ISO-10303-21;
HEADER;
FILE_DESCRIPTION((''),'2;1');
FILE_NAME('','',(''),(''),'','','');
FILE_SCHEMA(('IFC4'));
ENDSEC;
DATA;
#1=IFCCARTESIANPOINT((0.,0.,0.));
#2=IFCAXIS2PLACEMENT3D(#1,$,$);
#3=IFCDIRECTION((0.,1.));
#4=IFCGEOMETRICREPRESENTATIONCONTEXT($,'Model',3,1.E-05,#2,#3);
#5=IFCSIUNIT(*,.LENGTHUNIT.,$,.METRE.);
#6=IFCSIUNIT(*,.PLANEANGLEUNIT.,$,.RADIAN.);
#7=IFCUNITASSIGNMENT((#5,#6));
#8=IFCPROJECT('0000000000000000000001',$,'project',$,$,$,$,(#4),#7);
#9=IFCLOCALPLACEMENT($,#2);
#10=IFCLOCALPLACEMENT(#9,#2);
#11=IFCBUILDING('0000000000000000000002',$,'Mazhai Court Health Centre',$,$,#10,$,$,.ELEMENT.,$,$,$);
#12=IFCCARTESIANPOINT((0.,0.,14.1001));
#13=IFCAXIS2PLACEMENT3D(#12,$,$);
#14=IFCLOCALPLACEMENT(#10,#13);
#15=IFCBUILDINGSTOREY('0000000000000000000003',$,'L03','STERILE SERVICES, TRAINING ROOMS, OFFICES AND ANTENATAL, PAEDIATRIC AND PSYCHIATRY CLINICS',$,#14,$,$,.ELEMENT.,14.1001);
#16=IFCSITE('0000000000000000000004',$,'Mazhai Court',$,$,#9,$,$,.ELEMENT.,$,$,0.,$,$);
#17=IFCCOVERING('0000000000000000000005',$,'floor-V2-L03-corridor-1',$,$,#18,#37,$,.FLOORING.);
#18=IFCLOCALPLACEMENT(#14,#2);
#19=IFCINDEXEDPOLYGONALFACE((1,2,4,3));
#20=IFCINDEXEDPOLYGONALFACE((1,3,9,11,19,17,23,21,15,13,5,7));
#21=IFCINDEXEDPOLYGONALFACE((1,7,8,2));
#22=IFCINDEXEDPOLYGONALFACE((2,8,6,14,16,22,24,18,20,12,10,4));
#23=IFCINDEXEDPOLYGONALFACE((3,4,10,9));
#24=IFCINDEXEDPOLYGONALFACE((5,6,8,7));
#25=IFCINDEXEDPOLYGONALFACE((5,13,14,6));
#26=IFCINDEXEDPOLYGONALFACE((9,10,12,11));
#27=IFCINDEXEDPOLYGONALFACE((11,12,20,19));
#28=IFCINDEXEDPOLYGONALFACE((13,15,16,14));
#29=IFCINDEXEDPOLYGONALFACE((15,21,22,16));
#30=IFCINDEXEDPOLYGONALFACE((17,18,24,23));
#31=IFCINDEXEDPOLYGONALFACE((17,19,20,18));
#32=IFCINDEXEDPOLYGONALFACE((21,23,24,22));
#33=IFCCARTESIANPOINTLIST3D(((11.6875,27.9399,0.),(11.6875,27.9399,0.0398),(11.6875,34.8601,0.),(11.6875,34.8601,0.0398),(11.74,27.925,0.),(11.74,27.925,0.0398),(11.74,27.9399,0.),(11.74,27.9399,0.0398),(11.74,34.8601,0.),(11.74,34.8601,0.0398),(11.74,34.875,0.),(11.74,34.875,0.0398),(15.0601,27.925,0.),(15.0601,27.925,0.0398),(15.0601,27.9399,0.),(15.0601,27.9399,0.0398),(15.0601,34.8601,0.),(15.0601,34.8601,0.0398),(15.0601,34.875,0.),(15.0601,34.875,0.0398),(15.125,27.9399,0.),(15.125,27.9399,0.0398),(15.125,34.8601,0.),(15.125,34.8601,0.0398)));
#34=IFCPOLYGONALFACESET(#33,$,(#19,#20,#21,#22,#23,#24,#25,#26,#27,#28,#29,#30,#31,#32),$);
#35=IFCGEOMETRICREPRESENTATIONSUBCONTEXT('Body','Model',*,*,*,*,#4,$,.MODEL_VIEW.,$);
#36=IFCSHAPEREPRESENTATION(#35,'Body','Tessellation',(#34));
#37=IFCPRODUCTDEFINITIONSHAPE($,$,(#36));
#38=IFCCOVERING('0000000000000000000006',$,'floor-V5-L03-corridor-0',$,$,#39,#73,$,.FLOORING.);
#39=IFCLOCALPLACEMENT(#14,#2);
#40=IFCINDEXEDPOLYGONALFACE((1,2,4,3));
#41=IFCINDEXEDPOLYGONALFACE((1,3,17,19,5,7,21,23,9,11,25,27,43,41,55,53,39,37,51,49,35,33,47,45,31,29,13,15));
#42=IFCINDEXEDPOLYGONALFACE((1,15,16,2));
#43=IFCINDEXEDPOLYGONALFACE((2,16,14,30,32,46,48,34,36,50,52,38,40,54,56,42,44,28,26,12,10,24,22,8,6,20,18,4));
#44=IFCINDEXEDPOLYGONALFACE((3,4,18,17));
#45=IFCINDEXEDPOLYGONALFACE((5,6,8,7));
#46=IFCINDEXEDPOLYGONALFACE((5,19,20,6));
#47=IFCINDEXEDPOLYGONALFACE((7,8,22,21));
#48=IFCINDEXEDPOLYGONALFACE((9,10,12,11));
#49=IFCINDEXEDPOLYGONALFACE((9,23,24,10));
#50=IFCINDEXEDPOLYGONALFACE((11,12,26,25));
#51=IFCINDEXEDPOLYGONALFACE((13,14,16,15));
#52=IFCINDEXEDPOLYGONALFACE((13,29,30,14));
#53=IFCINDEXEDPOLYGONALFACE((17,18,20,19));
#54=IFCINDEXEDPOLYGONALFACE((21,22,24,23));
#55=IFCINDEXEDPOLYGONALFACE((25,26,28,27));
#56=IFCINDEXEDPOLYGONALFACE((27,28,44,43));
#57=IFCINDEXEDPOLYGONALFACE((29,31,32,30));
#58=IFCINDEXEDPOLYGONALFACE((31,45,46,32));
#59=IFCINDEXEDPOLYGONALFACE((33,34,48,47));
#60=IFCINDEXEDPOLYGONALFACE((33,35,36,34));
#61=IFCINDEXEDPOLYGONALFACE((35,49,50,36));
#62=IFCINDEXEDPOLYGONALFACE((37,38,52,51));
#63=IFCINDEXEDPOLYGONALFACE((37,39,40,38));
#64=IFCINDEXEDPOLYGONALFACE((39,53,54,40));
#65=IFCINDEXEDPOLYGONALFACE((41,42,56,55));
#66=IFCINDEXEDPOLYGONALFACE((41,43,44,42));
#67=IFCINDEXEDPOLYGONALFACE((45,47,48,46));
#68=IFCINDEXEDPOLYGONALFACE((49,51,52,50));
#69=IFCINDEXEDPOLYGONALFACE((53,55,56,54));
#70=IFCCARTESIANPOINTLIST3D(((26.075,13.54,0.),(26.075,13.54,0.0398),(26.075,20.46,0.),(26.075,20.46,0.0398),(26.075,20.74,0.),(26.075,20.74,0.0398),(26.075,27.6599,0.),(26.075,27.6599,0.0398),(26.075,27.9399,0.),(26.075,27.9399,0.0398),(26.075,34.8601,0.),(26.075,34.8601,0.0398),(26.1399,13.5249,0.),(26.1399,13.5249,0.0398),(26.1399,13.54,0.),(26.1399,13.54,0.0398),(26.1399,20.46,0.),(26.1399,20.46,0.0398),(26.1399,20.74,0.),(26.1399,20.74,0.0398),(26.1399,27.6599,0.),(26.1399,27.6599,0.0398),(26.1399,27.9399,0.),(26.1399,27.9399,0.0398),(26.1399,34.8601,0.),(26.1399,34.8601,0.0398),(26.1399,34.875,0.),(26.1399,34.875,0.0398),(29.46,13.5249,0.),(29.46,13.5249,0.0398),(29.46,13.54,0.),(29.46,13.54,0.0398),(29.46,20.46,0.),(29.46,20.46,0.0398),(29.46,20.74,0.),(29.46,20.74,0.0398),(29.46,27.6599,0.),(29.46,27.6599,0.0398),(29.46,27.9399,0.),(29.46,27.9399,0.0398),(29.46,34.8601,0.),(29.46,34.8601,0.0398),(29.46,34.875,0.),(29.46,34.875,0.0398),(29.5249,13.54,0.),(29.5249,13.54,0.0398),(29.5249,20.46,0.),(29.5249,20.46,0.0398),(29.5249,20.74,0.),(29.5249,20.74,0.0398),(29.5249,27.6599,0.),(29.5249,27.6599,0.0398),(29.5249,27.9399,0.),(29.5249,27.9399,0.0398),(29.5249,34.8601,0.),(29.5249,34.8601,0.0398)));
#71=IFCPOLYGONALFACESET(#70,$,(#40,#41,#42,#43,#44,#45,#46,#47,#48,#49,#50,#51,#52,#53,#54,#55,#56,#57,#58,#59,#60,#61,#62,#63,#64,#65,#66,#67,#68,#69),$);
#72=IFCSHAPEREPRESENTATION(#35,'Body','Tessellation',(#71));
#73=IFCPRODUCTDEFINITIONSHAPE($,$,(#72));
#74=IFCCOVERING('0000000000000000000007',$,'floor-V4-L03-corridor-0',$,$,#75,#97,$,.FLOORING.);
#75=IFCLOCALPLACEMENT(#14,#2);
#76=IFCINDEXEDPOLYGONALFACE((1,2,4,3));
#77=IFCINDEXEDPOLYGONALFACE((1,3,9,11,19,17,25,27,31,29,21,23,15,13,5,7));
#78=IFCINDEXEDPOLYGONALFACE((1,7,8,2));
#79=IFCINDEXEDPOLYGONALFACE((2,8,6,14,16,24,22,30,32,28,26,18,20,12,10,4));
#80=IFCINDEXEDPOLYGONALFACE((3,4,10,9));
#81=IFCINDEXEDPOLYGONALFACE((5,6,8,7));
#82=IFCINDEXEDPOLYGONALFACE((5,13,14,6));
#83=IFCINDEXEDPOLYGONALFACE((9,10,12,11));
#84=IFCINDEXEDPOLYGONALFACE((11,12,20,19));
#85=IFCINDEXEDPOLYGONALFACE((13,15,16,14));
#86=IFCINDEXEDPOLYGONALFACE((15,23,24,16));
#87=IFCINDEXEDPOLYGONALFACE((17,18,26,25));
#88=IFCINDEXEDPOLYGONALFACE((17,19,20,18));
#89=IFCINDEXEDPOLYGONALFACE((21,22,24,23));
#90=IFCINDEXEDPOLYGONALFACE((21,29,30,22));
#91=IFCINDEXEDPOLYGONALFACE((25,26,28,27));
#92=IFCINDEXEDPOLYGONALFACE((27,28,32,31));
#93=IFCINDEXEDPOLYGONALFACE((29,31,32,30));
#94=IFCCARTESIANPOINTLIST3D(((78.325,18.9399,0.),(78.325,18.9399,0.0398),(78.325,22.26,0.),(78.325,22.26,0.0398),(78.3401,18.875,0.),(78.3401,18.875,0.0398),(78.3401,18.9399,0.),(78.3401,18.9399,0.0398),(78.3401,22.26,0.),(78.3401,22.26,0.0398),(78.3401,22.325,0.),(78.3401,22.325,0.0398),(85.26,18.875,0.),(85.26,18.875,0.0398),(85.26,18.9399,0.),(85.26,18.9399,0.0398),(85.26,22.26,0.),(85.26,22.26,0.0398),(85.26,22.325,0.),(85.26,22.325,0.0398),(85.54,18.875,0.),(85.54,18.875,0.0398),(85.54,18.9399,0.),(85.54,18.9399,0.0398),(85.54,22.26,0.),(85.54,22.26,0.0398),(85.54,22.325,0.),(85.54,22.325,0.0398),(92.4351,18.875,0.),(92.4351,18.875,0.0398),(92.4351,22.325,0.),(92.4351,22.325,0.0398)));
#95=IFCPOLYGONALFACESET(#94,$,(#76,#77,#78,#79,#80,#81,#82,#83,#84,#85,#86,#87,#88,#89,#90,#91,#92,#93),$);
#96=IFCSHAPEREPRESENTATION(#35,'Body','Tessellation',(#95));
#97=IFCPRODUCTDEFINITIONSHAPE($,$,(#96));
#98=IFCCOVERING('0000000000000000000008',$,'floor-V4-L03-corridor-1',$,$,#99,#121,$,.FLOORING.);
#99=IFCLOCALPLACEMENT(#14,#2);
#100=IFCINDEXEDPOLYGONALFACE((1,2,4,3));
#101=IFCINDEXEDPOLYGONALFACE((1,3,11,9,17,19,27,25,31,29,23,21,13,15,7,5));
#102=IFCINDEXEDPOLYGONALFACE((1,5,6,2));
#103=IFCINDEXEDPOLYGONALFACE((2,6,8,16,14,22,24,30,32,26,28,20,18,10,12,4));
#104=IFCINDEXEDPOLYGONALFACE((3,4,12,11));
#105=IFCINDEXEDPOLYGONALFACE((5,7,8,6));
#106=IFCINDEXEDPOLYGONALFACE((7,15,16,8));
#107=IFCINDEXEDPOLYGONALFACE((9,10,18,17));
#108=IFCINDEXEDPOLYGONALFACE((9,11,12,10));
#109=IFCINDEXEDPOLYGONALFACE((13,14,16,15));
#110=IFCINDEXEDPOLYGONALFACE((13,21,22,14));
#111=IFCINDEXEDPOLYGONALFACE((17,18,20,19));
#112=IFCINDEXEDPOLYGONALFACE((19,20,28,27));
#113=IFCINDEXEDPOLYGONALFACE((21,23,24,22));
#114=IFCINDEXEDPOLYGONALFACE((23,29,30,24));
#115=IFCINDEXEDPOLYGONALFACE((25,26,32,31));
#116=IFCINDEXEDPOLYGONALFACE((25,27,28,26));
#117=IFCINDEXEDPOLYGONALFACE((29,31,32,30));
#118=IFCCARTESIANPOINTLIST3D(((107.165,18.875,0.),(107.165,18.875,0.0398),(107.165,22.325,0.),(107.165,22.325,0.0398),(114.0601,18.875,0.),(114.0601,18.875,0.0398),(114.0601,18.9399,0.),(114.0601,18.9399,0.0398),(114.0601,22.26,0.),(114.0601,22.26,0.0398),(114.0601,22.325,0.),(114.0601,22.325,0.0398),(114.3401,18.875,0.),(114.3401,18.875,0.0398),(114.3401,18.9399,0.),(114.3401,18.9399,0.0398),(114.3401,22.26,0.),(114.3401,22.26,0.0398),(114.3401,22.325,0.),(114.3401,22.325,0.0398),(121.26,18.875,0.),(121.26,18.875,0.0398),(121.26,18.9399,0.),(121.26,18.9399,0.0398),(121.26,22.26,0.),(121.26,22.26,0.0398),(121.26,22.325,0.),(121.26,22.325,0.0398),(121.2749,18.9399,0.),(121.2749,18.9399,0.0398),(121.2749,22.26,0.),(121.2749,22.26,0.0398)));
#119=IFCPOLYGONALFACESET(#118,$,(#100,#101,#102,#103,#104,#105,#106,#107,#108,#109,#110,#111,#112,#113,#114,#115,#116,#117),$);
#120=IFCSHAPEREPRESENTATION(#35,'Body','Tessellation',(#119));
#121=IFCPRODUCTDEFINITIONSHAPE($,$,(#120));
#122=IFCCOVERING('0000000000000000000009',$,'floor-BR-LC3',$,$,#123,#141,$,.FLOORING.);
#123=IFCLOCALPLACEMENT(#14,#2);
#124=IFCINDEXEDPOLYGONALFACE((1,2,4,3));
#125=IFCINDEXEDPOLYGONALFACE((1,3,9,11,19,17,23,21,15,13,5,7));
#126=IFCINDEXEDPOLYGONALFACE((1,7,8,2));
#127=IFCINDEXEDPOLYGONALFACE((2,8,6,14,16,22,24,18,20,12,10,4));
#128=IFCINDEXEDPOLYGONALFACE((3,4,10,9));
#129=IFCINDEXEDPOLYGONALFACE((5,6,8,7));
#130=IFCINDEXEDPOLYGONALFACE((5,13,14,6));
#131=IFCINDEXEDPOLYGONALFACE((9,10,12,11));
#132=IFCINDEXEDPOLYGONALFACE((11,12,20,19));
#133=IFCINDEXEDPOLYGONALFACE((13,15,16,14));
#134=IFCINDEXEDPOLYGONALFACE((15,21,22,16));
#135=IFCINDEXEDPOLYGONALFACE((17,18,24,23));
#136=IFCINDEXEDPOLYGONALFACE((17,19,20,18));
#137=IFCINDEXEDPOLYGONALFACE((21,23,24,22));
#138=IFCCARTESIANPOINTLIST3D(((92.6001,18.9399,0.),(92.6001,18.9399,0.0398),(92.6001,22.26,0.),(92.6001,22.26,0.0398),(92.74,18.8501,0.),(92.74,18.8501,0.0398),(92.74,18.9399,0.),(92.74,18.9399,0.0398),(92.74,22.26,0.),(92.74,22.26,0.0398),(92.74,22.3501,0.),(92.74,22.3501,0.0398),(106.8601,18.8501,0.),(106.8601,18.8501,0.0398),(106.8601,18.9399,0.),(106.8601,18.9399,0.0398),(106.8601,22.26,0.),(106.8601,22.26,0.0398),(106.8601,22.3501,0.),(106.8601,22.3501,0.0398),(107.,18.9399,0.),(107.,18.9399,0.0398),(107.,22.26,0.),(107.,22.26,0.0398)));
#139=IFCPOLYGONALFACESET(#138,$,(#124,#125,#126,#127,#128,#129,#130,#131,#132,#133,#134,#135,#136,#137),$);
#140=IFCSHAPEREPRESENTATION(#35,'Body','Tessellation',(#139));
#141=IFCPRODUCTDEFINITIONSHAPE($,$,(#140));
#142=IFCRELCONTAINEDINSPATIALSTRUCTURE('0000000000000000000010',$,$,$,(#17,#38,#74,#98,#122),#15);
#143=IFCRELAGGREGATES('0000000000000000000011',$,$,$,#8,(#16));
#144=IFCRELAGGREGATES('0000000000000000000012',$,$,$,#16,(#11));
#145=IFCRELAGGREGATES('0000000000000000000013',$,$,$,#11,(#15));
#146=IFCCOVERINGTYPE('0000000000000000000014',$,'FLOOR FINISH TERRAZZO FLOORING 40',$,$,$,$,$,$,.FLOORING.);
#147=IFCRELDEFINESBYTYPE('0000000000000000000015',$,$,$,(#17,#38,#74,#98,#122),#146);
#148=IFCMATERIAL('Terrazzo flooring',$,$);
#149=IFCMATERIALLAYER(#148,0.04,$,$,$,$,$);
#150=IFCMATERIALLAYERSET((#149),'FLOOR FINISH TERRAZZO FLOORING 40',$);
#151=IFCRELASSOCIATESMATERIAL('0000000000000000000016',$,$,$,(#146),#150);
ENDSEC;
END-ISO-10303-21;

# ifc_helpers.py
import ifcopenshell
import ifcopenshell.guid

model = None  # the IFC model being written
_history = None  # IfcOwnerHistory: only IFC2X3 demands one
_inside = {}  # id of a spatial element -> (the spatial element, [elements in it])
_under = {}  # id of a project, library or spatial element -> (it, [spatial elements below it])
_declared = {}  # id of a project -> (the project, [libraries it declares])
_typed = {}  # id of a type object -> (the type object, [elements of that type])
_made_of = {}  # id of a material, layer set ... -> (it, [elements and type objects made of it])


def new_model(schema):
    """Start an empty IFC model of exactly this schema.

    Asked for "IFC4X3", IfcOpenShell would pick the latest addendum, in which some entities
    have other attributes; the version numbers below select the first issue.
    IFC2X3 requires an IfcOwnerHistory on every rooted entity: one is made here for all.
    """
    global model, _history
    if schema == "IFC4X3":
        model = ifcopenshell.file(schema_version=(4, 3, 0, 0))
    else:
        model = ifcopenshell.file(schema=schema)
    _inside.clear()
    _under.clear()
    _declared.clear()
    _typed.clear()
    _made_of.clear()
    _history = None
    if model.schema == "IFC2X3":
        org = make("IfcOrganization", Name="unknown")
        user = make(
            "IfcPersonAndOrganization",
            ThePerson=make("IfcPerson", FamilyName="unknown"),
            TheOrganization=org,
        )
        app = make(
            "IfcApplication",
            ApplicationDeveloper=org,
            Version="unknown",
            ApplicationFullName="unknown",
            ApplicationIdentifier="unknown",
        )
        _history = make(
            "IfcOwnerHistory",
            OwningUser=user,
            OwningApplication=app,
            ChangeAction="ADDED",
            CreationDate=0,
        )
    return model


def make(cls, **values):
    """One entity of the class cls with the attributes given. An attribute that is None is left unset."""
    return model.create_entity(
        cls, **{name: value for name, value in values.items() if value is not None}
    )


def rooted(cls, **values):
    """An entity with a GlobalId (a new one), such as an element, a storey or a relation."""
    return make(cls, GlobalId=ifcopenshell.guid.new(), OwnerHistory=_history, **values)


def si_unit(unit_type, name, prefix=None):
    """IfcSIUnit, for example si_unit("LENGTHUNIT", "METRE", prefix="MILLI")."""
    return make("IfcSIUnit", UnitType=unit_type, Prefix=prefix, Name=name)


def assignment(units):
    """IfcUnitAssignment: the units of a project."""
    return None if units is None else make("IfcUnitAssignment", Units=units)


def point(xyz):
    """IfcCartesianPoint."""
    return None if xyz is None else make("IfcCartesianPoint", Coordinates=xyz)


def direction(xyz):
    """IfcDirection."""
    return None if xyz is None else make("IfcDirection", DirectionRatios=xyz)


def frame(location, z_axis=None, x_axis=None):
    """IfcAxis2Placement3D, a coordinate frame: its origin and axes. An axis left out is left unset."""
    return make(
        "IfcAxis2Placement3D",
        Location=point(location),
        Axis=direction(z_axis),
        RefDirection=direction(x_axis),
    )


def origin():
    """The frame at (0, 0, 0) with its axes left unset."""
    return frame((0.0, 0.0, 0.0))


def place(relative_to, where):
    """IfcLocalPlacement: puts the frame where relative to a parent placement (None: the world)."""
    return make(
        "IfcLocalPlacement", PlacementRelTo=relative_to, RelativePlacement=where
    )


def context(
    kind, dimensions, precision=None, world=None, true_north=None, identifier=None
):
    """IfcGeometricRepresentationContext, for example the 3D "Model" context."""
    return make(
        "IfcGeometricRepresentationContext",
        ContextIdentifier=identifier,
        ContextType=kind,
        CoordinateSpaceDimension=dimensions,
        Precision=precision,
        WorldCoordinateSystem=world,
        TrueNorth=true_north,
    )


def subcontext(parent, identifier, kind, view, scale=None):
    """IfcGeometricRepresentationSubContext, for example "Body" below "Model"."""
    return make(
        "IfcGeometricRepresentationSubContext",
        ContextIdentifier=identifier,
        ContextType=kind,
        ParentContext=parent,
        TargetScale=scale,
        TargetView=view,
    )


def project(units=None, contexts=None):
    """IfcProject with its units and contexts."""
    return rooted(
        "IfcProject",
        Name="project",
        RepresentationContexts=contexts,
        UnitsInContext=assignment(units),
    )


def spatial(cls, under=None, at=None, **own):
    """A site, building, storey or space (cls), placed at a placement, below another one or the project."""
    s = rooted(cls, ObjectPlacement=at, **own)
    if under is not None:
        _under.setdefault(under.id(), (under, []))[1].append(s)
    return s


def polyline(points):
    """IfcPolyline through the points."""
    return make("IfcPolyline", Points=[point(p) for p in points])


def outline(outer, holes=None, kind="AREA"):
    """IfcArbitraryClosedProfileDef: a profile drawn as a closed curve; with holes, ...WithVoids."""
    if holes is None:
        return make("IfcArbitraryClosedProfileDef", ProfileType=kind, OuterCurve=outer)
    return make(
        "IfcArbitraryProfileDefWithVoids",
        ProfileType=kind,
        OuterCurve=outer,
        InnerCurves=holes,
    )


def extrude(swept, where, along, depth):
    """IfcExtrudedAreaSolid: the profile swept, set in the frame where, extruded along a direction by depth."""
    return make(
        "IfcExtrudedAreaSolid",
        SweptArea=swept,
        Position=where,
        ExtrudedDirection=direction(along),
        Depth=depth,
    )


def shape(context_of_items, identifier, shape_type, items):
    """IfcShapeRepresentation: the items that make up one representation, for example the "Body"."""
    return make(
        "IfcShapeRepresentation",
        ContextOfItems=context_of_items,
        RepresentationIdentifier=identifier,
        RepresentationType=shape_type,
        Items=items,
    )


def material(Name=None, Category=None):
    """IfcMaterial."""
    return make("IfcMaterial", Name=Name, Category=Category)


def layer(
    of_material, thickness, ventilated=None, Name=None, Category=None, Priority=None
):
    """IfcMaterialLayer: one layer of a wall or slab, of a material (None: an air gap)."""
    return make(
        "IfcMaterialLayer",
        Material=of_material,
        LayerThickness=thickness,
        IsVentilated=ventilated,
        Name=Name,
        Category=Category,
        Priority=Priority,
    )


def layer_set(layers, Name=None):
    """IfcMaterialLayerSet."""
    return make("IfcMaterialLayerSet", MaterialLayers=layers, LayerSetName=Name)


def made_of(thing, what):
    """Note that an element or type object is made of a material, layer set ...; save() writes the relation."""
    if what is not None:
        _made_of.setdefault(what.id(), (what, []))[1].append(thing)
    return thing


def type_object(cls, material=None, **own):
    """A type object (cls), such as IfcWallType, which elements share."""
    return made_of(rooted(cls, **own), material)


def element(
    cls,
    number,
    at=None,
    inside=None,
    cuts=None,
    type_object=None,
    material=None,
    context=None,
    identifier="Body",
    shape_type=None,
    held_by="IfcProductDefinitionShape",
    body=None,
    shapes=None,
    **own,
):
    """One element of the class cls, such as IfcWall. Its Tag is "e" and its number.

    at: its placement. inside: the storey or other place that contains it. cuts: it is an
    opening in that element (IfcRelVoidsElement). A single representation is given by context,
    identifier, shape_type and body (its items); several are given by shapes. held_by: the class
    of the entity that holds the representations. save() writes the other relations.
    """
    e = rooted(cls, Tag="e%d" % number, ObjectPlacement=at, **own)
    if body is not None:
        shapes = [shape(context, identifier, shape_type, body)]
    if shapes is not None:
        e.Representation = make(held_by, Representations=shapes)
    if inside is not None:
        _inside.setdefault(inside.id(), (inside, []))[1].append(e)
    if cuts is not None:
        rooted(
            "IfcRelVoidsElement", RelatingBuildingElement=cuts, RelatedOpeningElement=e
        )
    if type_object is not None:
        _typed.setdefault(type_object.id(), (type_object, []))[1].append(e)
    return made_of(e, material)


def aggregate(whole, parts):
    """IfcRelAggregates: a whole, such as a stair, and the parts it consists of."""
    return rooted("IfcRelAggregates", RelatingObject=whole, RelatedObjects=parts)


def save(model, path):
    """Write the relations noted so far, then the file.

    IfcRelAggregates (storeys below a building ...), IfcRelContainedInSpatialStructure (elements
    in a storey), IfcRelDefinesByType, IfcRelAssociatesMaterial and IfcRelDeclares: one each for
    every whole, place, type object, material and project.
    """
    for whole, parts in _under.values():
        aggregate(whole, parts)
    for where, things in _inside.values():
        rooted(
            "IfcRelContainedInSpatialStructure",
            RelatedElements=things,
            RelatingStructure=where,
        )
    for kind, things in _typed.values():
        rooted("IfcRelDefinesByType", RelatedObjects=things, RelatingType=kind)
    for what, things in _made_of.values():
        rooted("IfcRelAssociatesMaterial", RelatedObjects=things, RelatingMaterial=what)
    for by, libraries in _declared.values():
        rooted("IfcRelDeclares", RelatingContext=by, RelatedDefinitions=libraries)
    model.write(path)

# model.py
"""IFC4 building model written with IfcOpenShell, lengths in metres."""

from ifc_helpers import new_model, si_unit, direction, frame, origin, place, context, subcontext, project, spatial, polyline, outline, extrude, material, layer, layer_set, type_object, element, save


model = new_model("IFC4")

# Units and contexts
model_context = context("Model", 3, precision=1e-05, world=origin(), true_north=direction((0.0, 1.0)))
body_context = subcontext(model_context, "Body", "Model", "MODEL_VIEW")
ifc_project = project(units=[si_unit("LENGTHUNIT", "METRE"), si_unit("PLANEANGLEUNIT", "RADIAN")], contexts=[model_context])

# Site, building, storey
site_placement = place(None, origin())
site = spatial("IfcSite", under=ifc_project, at=site_placement, Name="Mazhai Court", CompositionType="ELEMENT", RefElevation=0.0)
building_placement = place(site_placement, origin())
building = spatial("IfcBuilding", under=site, at=building_placement, Name="Mazhai Court Health Centre", CompositionType="ELEMENT")
storey_placement = place(building_placement, frame((0.0, 0.0, 14.1001)))
storey = spatial("IfcBuildingStorey", under=building, at=storey_placement, Name="L03", Description="STERILE SERVICES, TRAINING ROOMS, OFFICES AND ANTENATAL, PAEDIATRIC AND PSYCHIATRY CLINICS", CompositionType="ELEMENT", Elevation=14.1001)

# Coverings
ifc_material_1 = material(Name="Terrazzo flooring")
ifc_layer_1 = layer(ifc_material_1, 0.04)
ifc_layer_set_1 = layer_set([ifc_layer_1], Name="FLOOR FINISH TERRAZZO FLOORING 40")
covering_type_1 = type_object("IfcCoveringType", Name="FLOOR FINISH TERRAZZO FLOORING 40", PredefinedType="FLOORING", material=ifc_layer_set_1)
covering_1_placement = place(storey_placement, origin())
element("IfcCovering", 1, at=covering_1_placement, inside=storey, type_object=covering_type_1, Name="floor-V2-L03-corridor-1", PredefinedType="FLOORING", context=body_context, shape_type="SweptSolid", body=[
    extrude(outline(polyline([(15.0601, 27.925), (15.0601, 27.9399), (15.125, 27.9399), (15.125, 34.8601), (15.0601, 34.8601), (15.0601, 34.875), (11.74, 34.875), (11.74, 34.8601), (11.6875, 34.8601), (11.6875, 27.9399), (11.74, 27.9399), (11.74, 27.925), (15.0601, 27.925)])), origin(), (0.0, 0.0, 1.0), 0.0398),
])
covering_2_placement = place(storey_placement, origin())
element("IfcCovering", 2, at=covering_2_placement, inside=storey, type_object=covering_type_1, Name="floor-V5-L03-corridor-0", PredefinedType="FLOORING", context=body_context, shape_type="SweptSolid", body=[
    extrude(outline(polyline([(29.46, 13.5249), (29.46, 13.54), (29.5249, 13.54), (29.5249, 20.46), (29.46, 20.46), (29.46, 20.74), (29.5249, 20.74), (29.5249, 27.6599), (29.46, 27.6599), (29.46, 27.9399), (29.5249, 27.9399), (29.5249, 34.8601), (29.46, 34.8601), (29.46, 34.875), (26.1399, 34.875), (26.1399, 34.8601), (26.075, 34.8601), (26.075, 27.9399), (26.1399, 27.9399), (26.1399, 27.6599), (26.075, 27.6599), (26.075, 20.74), (26.1399, 20.74), (26.1399, 20.46), (26.075, 20.46), (26.075, 13.54), (26.1399, 13.54), (26.1399, 13.5249), (29.46, 13.5249)])), origin(), (0.0, 0.0, 1.0), 0.0398),
])
covering_3_placement = place(storey_placement, origin())
element("IfcCovering", 3, at=covering_3_placement, inside=storey, type_object=covering_type_1, Name="floor-V4-L03-corridor-0", PredefinedType="FLOORING", context=body_context, shape_type="SweptSolid", body=[
    extrude(outline(polyline([(92.4351, 22.325), (85.54, 22.325), (85.54, 22.26), (85.26, 22.26), (85.26, 22.325), (78.3401, 22.325), (78.3401, 22.26), (78.325, 22.26), (78.325, 18.9399), (78.3401, 18.9399), (78.3401, 18.875), (85.26, 18.875), (85.26, 18.9399), (85.54, 18.9399), (85.54, 18.875), (92.4351, 18.875), (92.4351, 22.325)])), origin(), (0.0, 0.0, 1.0), 0.0398),
])
covering_4_placement = place(storey_placement, origin())
element("IfcCovering", 4, at=covering_4_placement, inside=storey, type_object=covering_type_1, Name="floor-V4-L03-corridor-1", PredefinedType="FLOORING", context=body_context, shape_type="SweptSolid", body=[
    extrude(outline(polyline([(121.2749, 22.26), (121.26, 22.26), (121.26, 22.325), (114.3401, 22.325), (114.3401, 22.26), (114.0601, 22.26), (114.0601, 22.325), (107.165, 22.325), (107.165, 18.875), (114.0601, 18.875), (114.0601, 18.9399), (114.3401, 18.9399), (114.3401, 18.875), (121.26, 18.875), (121.26, 18.9399), (121.2749, 18.9399), (121.2749, 22.26)])), origin(), (0.0, 0.0, 1.0), 0.0398),
])
covering_5_placement = place(storey_placement, origin())
element("IfcCovering", 5, at=covering_5_placement, inside=storey, type_object=covering_type_1, Name="floor-BR-LC3", PredefinedType="FLOORING", context=body_context, shape_type="SweptSolid", body=[
    extrude(outline(polyline([(107.0, 18.9399), (106.8601, 18.9399), (106.8601, 18.8501), (92.74, 18.8501), (92.74, 18.9399), (92.6001, 18.9399), (92.6001, 22.26), (92.74, 22.26), (92.74, 22.3501), (106.8601, 22.3501), (106.8601, 22.26), (107.0, 22.26), (107.0, 18.9399)])), origin(), (0.0, 0.0, 1.0), 0.0398),
])

save(model, "model.ifc")
